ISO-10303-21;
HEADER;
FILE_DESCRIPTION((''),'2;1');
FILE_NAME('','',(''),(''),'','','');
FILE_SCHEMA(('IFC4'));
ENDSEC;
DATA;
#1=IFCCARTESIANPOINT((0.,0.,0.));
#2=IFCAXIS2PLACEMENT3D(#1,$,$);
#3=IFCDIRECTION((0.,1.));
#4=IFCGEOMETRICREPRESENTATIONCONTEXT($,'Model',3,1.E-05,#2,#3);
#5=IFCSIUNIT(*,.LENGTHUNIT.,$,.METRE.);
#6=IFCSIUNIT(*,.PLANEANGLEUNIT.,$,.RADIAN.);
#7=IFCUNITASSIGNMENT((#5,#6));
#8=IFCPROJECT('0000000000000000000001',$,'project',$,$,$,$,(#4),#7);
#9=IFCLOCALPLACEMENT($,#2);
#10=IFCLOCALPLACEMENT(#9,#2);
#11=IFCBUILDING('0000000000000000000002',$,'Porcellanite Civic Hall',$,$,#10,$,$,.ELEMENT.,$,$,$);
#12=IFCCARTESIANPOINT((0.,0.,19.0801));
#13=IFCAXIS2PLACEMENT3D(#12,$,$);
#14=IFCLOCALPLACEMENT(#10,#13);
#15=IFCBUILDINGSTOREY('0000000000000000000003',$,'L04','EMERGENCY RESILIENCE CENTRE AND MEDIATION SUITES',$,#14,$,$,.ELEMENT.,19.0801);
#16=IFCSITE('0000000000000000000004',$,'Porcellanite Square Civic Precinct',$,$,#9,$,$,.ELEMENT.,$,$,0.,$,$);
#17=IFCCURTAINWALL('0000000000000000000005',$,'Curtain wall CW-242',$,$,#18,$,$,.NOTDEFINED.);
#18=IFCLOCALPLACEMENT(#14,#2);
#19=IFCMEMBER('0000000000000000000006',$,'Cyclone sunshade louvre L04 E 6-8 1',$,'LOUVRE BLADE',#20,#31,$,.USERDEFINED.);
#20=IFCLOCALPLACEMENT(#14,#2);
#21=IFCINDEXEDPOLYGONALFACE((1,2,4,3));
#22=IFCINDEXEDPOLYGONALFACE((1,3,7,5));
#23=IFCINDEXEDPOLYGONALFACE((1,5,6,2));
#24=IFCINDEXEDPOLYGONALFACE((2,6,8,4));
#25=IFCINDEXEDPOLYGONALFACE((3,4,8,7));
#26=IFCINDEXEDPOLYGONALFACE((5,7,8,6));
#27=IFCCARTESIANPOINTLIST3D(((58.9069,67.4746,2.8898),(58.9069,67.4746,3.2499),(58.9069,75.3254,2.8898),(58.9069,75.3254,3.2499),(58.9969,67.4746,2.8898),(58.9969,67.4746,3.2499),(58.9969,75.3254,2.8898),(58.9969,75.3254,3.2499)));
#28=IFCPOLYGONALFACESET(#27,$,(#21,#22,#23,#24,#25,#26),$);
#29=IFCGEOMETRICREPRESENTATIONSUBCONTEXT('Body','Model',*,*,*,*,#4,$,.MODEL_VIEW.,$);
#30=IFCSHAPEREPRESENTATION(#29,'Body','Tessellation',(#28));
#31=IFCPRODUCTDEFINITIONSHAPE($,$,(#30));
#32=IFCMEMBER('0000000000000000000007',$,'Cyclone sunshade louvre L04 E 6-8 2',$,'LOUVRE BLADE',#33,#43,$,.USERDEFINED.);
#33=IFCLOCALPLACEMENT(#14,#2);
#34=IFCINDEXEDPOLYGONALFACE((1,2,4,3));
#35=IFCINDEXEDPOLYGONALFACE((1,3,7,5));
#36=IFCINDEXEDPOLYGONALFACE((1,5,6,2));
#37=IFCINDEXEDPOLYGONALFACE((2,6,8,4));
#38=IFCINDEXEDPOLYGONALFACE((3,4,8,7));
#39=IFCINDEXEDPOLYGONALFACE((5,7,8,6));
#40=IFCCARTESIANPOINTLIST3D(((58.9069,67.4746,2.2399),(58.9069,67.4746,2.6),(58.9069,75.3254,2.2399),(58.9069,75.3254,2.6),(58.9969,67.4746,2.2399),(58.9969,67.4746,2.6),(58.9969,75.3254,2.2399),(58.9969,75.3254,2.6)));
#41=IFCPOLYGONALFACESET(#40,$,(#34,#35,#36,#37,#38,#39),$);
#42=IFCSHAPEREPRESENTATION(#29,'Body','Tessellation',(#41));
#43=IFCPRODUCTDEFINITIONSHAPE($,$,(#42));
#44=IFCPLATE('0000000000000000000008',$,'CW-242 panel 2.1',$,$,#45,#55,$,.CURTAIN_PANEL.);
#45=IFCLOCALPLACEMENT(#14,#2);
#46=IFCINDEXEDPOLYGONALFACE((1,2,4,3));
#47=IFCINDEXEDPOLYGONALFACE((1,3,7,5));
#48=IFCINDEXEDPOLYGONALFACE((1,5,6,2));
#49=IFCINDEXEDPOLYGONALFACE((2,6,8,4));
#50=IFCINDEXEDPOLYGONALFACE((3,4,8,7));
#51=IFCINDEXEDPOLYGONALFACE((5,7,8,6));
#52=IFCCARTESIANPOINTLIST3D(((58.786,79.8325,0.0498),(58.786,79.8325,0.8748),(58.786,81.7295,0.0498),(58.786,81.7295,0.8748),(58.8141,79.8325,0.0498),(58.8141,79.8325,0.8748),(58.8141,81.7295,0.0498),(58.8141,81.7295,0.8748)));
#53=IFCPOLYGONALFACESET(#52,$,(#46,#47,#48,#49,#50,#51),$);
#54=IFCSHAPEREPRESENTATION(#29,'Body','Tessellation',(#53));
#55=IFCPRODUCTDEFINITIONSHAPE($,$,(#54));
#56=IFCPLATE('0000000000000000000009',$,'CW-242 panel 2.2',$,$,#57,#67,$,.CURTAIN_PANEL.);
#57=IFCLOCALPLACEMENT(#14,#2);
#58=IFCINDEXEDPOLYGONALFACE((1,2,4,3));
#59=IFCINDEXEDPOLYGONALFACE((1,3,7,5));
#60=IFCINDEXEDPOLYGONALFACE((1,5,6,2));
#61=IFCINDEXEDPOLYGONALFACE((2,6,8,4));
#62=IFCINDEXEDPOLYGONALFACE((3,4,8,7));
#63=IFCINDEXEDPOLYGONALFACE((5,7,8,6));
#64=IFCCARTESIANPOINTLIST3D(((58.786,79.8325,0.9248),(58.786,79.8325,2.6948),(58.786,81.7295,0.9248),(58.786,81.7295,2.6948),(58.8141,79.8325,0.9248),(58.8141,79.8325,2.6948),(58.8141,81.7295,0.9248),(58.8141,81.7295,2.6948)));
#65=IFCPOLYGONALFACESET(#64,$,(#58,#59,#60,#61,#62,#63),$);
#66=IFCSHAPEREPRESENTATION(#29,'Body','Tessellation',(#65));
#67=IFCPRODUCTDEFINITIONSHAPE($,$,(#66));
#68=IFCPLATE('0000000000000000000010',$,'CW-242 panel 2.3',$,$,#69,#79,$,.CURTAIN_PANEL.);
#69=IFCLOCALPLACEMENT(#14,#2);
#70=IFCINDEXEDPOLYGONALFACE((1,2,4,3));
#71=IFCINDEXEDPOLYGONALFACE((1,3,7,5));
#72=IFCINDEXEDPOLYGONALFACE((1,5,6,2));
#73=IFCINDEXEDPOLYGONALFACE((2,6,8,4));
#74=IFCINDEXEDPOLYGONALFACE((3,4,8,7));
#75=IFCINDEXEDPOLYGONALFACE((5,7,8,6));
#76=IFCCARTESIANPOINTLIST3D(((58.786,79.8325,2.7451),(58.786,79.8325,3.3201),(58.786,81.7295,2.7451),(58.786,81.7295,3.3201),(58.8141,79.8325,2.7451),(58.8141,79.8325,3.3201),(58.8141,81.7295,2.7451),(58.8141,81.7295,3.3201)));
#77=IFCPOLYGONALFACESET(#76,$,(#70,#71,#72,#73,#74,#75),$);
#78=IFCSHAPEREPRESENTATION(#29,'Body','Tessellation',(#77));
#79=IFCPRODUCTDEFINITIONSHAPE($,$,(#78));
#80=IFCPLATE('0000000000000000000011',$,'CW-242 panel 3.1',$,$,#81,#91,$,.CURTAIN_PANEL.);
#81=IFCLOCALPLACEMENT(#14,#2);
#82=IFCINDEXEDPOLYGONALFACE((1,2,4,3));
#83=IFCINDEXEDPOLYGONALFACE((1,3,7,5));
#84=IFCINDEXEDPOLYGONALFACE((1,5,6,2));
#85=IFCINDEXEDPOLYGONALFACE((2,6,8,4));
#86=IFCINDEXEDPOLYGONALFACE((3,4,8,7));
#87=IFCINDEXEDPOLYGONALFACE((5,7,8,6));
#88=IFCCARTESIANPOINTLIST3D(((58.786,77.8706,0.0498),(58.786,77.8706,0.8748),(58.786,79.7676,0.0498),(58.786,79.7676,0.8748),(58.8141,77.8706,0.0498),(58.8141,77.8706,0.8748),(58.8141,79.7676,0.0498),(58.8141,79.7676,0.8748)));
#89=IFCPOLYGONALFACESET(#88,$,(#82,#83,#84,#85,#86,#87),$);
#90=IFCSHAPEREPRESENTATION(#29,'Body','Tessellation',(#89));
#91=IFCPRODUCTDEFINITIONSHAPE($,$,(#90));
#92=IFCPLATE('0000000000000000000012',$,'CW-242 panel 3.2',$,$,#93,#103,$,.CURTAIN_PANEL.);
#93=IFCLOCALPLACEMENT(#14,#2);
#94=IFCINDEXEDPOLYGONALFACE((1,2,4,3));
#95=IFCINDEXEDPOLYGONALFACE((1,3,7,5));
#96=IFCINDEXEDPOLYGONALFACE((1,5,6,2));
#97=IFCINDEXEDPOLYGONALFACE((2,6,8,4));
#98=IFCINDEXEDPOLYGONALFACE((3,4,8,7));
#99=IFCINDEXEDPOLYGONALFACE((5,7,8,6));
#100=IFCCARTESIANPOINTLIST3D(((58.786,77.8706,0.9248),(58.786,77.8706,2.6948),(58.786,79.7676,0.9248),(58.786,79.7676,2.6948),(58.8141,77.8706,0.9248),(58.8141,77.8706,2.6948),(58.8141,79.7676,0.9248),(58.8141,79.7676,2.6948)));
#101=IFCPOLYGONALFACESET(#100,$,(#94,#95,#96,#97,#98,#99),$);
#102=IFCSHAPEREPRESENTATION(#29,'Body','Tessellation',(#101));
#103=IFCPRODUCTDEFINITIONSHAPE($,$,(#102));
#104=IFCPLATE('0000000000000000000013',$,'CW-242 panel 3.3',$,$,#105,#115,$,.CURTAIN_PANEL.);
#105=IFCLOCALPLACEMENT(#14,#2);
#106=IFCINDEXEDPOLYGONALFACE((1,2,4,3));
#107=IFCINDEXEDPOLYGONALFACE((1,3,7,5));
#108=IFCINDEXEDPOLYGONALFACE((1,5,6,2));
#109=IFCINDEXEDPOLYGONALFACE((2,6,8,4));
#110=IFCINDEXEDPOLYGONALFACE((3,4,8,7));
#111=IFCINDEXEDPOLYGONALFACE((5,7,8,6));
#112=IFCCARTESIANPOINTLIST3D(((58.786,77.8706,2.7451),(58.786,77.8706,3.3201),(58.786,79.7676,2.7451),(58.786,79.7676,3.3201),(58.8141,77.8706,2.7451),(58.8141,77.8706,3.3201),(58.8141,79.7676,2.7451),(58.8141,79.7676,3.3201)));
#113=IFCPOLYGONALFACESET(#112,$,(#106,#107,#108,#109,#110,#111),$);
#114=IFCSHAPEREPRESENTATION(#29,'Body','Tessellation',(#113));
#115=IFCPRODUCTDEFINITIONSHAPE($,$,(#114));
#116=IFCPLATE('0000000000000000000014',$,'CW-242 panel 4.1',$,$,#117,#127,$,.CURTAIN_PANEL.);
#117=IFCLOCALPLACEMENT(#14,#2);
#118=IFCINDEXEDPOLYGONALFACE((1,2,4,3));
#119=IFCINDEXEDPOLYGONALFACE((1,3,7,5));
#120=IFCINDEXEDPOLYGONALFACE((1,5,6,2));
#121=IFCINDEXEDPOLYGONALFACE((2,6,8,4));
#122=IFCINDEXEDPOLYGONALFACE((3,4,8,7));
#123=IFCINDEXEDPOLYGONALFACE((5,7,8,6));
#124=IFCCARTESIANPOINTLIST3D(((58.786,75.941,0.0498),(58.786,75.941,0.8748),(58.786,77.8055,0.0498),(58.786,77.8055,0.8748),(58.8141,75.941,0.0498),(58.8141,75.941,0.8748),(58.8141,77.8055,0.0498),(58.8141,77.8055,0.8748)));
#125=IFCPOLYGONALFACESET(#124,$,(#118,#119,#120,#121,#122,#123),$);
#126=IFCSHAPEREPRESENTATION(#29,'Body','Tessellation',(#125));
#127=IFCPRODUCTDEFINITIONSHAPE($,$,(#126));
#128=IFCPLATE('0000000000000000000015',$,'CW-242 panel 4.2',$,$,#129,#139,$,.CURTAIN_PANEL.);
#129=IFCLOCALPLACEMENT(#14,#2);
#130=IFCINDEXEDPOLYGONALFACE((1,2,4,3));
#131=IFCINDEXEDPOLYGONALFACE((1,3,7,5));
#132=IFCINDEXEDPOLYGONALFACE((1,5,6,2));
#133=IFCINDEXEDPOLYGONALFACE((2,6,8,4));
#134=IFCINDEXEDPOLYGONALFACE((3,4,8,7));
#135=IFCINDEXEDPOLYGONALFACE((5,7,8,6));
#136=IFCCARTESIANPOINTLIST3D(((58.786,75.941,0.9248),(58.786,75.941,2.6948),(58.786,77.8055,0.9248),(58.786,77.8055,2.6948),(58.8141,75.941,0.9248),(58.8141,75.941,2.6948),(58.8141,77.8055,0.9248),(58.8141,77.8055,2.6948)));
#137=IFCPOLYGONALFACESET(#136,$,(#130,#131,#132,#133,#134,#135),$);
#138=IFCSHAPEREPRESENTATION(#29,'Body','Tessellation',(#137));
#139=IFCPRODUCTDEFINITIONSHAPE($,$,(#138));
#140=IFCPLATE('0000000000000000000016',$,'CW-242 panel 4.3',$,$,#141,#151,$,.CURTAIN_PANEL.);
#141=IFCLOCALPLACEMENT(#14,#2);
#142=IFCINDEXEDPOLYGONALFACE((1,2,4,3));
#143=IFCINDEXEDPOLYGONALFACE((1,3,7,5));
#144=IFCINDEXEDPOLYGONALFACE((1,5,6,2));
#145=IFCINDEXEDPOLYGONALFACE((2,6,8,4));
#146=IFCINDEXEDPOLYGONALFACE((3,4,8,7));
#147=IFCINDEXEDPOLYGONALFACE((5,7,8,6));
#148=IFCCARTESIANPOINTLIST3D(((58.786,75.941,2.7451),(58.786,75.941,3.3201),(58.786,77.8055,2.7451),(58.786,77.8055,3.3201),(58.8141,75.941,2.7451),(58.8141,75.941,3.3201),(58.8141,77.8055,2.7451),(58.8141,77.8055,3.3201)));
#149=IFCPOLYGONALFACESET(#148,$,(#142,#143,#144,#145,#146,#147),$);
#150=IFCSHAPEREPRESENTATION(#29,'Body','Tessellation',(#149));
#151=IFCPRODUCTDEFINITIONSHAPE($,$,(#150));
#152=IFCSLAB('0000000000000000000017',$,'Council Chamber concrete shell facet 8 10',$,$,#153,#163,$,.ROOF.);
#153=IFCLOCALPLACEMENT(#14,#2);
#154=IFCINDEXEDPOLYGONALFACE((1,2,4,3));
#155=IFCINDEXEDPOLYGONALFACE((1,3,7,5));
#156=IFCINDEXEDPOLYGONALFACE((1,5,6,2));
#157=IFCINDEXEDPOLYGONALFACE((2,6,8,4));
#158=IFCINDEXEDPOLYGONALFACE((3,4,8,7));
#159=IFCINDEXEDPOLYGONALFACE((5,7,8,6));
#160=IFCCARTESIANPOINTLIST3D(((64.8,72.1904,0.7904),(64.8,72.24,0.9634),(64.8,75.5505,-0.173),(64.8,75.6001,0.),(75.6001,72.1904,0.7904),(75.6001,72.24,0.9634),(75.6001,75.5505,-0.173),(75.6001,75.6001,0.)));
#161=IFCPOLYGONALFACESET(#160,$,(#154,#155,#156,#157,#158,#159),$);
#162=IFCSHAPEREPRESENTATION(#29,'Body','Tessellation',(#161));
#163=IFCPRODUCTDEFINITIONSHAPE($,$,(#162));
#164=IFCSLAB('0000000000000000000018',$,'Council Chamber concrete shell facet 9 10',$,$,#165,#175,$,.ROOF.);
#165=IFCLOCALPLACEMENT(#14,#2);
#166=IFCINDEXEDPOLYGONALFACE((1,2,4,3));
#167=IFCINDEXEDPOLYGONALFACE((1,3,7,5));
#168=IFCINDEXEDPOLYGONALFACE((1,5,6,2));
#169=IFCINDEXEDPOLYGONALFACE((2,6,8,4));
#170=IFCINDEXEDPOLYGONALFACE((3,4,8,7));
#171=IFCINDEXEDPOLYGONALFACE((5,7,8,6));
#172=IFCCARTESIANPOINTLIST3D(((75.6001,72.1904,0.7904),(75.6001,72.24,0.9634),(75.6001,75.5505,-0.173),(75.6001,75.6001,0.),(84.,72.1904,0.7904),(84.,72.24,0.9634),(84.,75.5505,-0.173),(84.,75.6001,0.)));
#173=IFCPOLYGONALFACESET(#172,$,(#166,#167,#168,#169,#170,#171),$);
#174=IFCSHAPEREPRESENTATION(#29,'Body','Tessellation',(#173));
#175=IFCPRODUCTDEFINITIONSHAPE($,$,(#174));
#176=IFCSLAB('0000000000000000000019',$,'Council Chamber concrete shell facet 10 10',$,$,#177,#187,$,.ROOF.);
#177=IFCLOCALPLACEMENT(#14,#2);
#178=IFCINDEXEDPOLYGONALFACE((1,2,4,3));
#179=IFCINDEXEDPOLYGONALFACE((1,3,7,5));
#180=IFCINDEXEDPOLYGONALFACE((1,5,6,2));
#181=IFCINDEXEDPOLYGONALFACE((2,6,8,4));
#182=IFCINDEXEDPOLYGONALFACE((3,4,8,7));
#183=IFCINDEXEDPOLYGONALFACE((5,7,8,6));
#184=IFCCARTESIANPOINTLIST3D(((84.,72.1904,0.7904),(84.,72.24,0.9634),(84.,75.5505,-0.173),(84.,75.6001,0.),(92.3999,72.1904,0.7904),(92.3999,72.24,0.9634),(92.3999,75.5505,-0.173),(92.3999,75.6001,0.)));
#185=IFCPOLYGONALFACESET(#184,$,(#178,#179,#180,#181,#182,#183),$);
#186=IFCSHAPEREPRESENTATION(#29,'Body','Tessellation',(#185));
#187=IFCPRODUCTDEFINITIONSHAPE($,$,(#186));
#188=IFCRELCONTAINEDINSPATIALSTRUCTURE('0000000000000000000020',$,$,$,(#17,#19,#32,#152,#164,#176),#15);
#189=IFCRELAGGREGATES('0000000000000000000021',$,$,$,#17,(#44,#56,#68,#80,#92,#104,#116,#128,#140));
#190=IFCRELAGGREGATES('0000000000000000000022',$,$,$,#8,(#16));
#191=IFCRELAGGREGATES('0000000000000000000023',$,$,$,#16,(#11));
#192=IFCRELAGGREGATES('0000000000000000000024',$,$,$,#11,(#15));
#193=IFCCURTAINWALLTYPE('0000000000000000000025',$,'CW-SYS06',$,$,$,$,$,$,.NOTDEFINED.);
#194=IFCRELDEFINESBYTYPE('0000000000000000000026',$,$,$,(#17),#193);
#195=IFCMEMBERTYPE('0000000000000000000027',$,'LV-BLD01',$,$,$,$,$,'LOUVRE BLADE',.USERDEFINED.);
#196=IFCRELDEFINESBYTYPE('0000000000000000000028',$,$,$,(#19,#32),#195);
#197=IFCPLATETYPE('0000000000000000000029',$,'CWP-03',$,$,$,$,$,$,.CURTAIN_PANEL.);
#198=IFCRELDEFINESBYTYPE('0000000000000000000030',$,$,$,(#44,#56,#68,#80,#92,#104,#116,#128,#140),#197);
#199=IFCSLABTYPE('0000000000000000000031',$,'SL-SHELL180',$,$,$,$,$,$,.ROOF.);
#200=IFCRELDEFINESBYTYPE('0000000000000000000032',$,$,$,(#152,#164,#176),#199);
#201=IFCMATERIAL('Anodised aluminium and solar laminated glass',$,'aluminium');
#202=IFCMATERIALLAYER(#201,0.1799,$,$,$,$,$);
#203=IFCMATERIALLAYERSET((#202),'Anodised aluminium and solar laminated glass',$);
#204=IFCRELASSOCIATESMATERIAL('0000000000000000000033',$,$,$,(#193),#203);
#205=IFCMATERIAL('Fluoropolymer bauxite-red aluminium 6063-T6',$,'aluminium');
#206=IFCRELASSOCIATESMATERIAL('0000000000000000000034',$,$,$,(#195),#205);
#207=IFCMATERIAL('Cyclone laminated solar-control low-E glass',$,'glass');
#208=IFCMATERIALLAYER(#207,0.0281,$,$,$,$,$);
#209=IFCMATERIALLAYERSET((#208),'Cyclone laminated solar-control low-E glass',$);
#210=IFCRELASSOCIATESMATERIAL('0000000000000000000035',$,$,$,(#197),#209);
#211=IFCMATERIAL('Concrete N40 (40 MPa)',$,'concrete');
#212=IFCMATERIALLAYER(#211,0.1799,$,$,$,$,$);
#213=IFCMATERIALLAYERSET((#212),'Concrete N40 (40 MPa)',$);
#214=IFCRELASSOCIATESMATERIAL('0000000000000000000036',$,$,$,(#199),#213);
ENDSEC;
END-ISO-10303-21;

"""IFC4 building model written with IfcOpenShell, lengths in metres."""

from ifc_helpers import new_model, si_unit, direction, frame, origin, origin_2d, place, context, subcontext, project, spatial, polyline, rectangle, outline, extrude, material, layer, layer_set, material_profile, profile_set, type_object, element, aggregate, save


model = new_model("IFC4")

# Units and contexts
model_context = context("Model", 3, precision=1e-05, world=origin(), true_north=direction((0.0, 1.0)))
body_context = subcontext(model_context, "Body", "Model", "MODEL_VIEW")
ifc_project = project(units=[si_unit("LENGTHUNIT", "METRE"), si_unit("PLANEANGLEUNIT", "RADIAN")], contexts=[model_context])

# Site, building, storey
site_placement = place(None, origin())
site = spatial("IfcSite", under=ifc_project, at=site_placement, Name="Porcellanite Square Civic Precinct", CompositionType="ELEMENT", RefElevation=0.0)
building_placement = place(site_placement, origin())
building = spatial("IfcBuilding", under=site, at=building_placement, Name="Porcellanite Civic Hall", CompositionType="ELEMENT")
storey_placement = place(building_placement, frame((0.0, 0.0, 19.0801)))
storey = spatial("IfcBuildingStorey", under=building, at=storey_placement, Name="L04", Description="EMERGENCY RESILIENCE CENTRE AND MEDIATION SUITES", CompositionType="ELEMENT", Elevation=19.0801)

# Curtain wall
ifc_material_1 = material(Name="Anodised aluminium and solar laminated glass", Category="aluminium")
ifc_layer_1 = layer(ifc_material_1, 0.1799)
ifc_layer_set_1 = layer_set([ifc_layer_1], Name="Anodised aluminium and solar laminated glass")
curtain_wall_type = type_object("IfcCurtainWallType", Name="CW-SYS06", PredefinedType="NOTDEFINED", material=ifc_layer_set_1)
curtain_wall_placement = place(storey_placement, origin())
curtain_wall = element("IfcCurtainWall", 1, at=curtain_wall_placement, inside=storey, type_object=curtain_wall_type, Name="Curtain wall CW-242", PredefinedType="NOTDEFINED")

# Members
ifc_material_2 = material(Name="Fluoropolymer bauxite-red aluminium 6063-T6", Category="aluminium")
ifc_material_profile_1 = material_profile(ifc_material_2, rectangle(XDim=0.0901, YDim=0.3601, at=origin_2d()), Name="AL-90x360")
ifc_profile_set_1 = profile_set([ifc_material_profile_1], Name="Fluoropolymer bauxite-red aluminium 6063-T6")
member_type_1 = type_object("IfcMemberType", Name="LV-BLD01", ElementType="LOUVRE BLADE", PredefinedType="USERDEFINED", material=ifc_profile_set_1)
for number, where, z_axis, x_axis, name in (
    (2, (58.9519, 75.3254, 3.0698), (0.0, -1.0, 0.0), (1.0, 0.0, 0.0), "Cyclone sunshade louvre L04 E 6-8 1"),
    (3, (58.9519, 75.3254, 2.4199), (0.0, -1.0, 0.0), (1.0, 0.0, 0.0), "Cyclone sunshade louvre L04 E 6-8 2"),
):
    element("IfcMember", number, at=place(storey_placement, frame(where, z_axis=z_axis, x_axis=x_axis)), inside=storey, type_object=member_type_1, Name=name, ObjectType="LOUVRE BLADE", PredefinedType="USERDEFINED", context=body_context, shape_type="SweptSolid", body=[
        extrude(rectangle(XDim=0.0901, YDim=0.3601, at=origin_2d()), origin(), (0.0, 0.0, 1.0), 7.8508),
    ])

# Plates
ifc_material_3 = material(Name="Cyclone laminated solar-control low-E glass", Category="glass")
ifc_layer_2 = layer(ifc_material_3, 0.0281)
ifc_layer_set_2 = layer_set([ifc_layer_2], Name="Cyclone laminated solar-control low-E glass")
plate_type = type_object("IfcPlateType", Name="CWP-03", PredefinedType="CURTAIN_PANEL", material=ifc_layer_set_2)
plate_1_placement = place(storey_placement, frame((58.8, 80.781, 0.0498), z_axis=(0.0, 0.0, 1.0), x_axis=(0.0, -1.0, 0.0)))
plate_1 = element("IfcPlate", 4, at=plate_1_placement, type_object=plate_type, Name="CW-242 panel 2.1", PredefinedType="CURTAIN_PANEL", context=body_context, shape_type="SweptSolid", body=[
    extrude(rectangle(XDim=1.897, YDim=0.0281, at=origin_2d()), origin(), (0.0, 0.0, 1.0), 0.825),
])
plate_2_placement = place(storey_placement, frame((58.8, 80.781, 0.9248), z_axis=(0.0, 0.0, 1.0), x_axis=(0.0, -1.0, 0.0)))
plate_2 = element("IfcPlate", 5, at=plate_2_placement, type_object=plate_type, Name="CW-242 panel 2.2", PredefinedType="CURTAIN_PANEL", context=body_context, shape_type="SweptSolid", body=[
    extrude(rectangle(XDim=1.897, YDim=0.0281, at=origin_2d()), origin(), (0.0, 0.0, 1.0), 1.77),
])
plate_3_placement = place(storey_placement, frame((58.8, 80.781, 2.7451), z_axis=(0.0, 0.0, 1.0), x_axis=(0.0, -1.0, 0.0)))
plate_3 = element("IfcPlate", 6, at=plate_3_placement, type_object=plate_type, Name="CW-242 panel 2.3", PredefinedType="CURTAIN_PANEL", context=body_context, shape_type="SweptSolid", body=[
    extrude(rectangle(XDim=1.897, YDim=0.0281, at=origin_2d()), origin(), (0.0, 0.0, 1.0), 0.575),
])
plate_4_placement = place(storey_placement, frame((58.8, 78.8191, 0.0498), z_axis=(0.0, 0.0, 1.0), x_axis=(0.0, -1.0, 0.0)))
plate_4 = element("IfcPlate", 7, at=plate_4_placement, type_object=plate_type, Name="CW-242 panel 3.1", PredefinedType="CURTAIN_PANEL", context=body_context, shape_type="SweptSolid", body=[
    extrude(rectangle(XDim=1.897, YDim=0.0281, at=origin_2d()), origin(), (0.0, 0.0, 1.0), 0.825),
])
plate_5_placement = place(storey_placement, frame((58.8, 78.8191, 0.9248), z_axis=(0.0, 0.0, 1.0), x_axis=(0.0, -1.0, 0.0)))
plate_5 = element("IfcPlate", 8, at=plate_5_placement, type_object=plate_type, Name="CW-242 panel 3.2", PredefinedType="CURTAIN_PANEL", context=body_context, shape_type="SweptSolid", body=[
    extrude(rectangle(XDim=1.897, YDim=0.0281, at=origin_2d()), origin(), (0.0, 0.0, 1.0), 1.77),
])
plate_6_placement = place(storey_placement, frame((58.8, 78.8191, 2.7451), z_axis=(0.0, 0.0, 1.0), x_axis=(0.0, -1.0, 0.0)))
plate_6 = element("IfcPlate", 9, at=plate_6_placement, type_object=plate_type, Name="CW-242 panel 3.3", PredefinedType="CURTAIN_PANEL", context=body_context, shape_type="SweptSolid", body=[
    extrude(rectangle(XDim=1.897, YDim=0.0281, at=origin_2d()), origin(), (0.0, 0.0, 1.0), 0.575),
])
plate_7_placement = place(storey_placement, frame((58.8, 76.8733, 0.0498), z_axis=(0.0, 0.0, 1.0), x_axis=(0.0, -1.0, 0.0)))
plate_7 = element("IfcPlate", 10, at=plate_7_placement, type_object=plate_type, Name="CW-242 panel 4.1", PredefinedType="CURTAIN_PANEL", context=body_context, shape_type="SweptSolid", body=[
    extrude(rectangle(XDim=1.8645, YDim=0.0281, at=origin_2d()), origin(), (0.0, 0.0, 1.0), 0.825),
])
plate_8_placement = place(storey_placement, frame((58.8, 76.8733, 0.9248), z_axis=(0.0, 0.0, 1.0), x_axis=(0.0, -1.0, 0.0)))
plate_8 = element("IfcPlate", 11, at=plate_8_placement, type_object=plate_type, Name="CW-242 panel 4.2", PredefinedType="CURTAIN_PANEL", context=body_context, shape_type="SweptSolid", body=[
    extrude(rectangle(XDim=1.8645, YDim=0.0281, at=origin_2d()), origin(), (0.0, 0.0, 1.0), 1.77),
])
plate_9_placement = place(storey_placement, frame((58.8, 76.8733, 2.7451), z_axis=(0.0, 0.0, 1.0), x_axis=(0.0, -1.0, 0.0)))
plate_9 = element("IfcPlate", 12, at=plate_9_placement, type_object=plate_type, Name="CW-242 panel 4.3", PredefinedType="CURTAIN_PANEL", context=body_context, shape_type="SweptSolid", body=[
    extrude(rectangle(XDim=1.8645, YDim=0.0281, at=origin_2d()), origin(), (0.0, 0.0, 1.0), 0.575),
])
aggregate(curtain_wall, [plate_1, plate_2, plate_3, plate_4, plate_5, plate_6, plate_7, plate_8, plate_9])

# Slabs
ifc_material_4 = material(Name="Concrete N40 (40 MPa)", Category="concrete")
ifc_layer_3 = layer(ifc_material_4, 0.1799)
ifc_layer_set_3 = layer_set([ifc_layer_3], Name="Concrete N40 (40 MPa)")
slab_type = type_object("IfcSlabType", Name="SL-SHELL180", PredefinedType="ROOF", material=ifc_layer_set_3)
slab_placement = place(storey_placement, frame((64.8, 72.24, 0.9634), z_axis=(0.0, 0.275607, 0.961271), x_axis=(1.0, 0.0, 0.0)))
element("IfcSlab", 13, at=slab_placement, inside=storey, type_object=slab_type, Name="Council Chamber concrete shell facet 8 10", PredefinedType="ROOF", context=body_context, shape_type="SweptSolid", body=[
    extrude(outline(polyline([(0.0, 0.0), (10.8, 0.0), (10.8, 3.4955), (0.0, 3.4955), (0.0, 0.0)])), origin(), (0.0, 0.0, -1.0), 0.1799),
])
for number, where, z_axis, x_axis, name in (
    (14, (75.6001, 72.24, 0.9634), (0.0, 0.275607, 0.961271), (1.0, 0.0, 0.0), "Council Chamber concrete shell facet 9 10"),
    (15, (84.0, 72.24, 0.9634), (0.0, 0.275607, 0.961271), (1.0, 0.0, 0.0), "Council Chamber concrete shell facet 10 10"),
):
    element("IfcSlab", number, at=place(storey_placement, frame(where, z_axis=z_axis, x_axis=x_axis)), inside=storey, type_object=slab_type, Name=name, PredefinedType="ROOF", context=body_context, shape_type="SweptSolid", body=[
        extrude(outline(polyline([(0.0, 0.0), (8.3999, 0.0), (8.3999, 3.4955), (0.0, 3.4955), (0.0, 0.0)])), origin(), (0.0, 0.0, -1.0), 0.1799),
    ])

save(model, "model.ifc")
